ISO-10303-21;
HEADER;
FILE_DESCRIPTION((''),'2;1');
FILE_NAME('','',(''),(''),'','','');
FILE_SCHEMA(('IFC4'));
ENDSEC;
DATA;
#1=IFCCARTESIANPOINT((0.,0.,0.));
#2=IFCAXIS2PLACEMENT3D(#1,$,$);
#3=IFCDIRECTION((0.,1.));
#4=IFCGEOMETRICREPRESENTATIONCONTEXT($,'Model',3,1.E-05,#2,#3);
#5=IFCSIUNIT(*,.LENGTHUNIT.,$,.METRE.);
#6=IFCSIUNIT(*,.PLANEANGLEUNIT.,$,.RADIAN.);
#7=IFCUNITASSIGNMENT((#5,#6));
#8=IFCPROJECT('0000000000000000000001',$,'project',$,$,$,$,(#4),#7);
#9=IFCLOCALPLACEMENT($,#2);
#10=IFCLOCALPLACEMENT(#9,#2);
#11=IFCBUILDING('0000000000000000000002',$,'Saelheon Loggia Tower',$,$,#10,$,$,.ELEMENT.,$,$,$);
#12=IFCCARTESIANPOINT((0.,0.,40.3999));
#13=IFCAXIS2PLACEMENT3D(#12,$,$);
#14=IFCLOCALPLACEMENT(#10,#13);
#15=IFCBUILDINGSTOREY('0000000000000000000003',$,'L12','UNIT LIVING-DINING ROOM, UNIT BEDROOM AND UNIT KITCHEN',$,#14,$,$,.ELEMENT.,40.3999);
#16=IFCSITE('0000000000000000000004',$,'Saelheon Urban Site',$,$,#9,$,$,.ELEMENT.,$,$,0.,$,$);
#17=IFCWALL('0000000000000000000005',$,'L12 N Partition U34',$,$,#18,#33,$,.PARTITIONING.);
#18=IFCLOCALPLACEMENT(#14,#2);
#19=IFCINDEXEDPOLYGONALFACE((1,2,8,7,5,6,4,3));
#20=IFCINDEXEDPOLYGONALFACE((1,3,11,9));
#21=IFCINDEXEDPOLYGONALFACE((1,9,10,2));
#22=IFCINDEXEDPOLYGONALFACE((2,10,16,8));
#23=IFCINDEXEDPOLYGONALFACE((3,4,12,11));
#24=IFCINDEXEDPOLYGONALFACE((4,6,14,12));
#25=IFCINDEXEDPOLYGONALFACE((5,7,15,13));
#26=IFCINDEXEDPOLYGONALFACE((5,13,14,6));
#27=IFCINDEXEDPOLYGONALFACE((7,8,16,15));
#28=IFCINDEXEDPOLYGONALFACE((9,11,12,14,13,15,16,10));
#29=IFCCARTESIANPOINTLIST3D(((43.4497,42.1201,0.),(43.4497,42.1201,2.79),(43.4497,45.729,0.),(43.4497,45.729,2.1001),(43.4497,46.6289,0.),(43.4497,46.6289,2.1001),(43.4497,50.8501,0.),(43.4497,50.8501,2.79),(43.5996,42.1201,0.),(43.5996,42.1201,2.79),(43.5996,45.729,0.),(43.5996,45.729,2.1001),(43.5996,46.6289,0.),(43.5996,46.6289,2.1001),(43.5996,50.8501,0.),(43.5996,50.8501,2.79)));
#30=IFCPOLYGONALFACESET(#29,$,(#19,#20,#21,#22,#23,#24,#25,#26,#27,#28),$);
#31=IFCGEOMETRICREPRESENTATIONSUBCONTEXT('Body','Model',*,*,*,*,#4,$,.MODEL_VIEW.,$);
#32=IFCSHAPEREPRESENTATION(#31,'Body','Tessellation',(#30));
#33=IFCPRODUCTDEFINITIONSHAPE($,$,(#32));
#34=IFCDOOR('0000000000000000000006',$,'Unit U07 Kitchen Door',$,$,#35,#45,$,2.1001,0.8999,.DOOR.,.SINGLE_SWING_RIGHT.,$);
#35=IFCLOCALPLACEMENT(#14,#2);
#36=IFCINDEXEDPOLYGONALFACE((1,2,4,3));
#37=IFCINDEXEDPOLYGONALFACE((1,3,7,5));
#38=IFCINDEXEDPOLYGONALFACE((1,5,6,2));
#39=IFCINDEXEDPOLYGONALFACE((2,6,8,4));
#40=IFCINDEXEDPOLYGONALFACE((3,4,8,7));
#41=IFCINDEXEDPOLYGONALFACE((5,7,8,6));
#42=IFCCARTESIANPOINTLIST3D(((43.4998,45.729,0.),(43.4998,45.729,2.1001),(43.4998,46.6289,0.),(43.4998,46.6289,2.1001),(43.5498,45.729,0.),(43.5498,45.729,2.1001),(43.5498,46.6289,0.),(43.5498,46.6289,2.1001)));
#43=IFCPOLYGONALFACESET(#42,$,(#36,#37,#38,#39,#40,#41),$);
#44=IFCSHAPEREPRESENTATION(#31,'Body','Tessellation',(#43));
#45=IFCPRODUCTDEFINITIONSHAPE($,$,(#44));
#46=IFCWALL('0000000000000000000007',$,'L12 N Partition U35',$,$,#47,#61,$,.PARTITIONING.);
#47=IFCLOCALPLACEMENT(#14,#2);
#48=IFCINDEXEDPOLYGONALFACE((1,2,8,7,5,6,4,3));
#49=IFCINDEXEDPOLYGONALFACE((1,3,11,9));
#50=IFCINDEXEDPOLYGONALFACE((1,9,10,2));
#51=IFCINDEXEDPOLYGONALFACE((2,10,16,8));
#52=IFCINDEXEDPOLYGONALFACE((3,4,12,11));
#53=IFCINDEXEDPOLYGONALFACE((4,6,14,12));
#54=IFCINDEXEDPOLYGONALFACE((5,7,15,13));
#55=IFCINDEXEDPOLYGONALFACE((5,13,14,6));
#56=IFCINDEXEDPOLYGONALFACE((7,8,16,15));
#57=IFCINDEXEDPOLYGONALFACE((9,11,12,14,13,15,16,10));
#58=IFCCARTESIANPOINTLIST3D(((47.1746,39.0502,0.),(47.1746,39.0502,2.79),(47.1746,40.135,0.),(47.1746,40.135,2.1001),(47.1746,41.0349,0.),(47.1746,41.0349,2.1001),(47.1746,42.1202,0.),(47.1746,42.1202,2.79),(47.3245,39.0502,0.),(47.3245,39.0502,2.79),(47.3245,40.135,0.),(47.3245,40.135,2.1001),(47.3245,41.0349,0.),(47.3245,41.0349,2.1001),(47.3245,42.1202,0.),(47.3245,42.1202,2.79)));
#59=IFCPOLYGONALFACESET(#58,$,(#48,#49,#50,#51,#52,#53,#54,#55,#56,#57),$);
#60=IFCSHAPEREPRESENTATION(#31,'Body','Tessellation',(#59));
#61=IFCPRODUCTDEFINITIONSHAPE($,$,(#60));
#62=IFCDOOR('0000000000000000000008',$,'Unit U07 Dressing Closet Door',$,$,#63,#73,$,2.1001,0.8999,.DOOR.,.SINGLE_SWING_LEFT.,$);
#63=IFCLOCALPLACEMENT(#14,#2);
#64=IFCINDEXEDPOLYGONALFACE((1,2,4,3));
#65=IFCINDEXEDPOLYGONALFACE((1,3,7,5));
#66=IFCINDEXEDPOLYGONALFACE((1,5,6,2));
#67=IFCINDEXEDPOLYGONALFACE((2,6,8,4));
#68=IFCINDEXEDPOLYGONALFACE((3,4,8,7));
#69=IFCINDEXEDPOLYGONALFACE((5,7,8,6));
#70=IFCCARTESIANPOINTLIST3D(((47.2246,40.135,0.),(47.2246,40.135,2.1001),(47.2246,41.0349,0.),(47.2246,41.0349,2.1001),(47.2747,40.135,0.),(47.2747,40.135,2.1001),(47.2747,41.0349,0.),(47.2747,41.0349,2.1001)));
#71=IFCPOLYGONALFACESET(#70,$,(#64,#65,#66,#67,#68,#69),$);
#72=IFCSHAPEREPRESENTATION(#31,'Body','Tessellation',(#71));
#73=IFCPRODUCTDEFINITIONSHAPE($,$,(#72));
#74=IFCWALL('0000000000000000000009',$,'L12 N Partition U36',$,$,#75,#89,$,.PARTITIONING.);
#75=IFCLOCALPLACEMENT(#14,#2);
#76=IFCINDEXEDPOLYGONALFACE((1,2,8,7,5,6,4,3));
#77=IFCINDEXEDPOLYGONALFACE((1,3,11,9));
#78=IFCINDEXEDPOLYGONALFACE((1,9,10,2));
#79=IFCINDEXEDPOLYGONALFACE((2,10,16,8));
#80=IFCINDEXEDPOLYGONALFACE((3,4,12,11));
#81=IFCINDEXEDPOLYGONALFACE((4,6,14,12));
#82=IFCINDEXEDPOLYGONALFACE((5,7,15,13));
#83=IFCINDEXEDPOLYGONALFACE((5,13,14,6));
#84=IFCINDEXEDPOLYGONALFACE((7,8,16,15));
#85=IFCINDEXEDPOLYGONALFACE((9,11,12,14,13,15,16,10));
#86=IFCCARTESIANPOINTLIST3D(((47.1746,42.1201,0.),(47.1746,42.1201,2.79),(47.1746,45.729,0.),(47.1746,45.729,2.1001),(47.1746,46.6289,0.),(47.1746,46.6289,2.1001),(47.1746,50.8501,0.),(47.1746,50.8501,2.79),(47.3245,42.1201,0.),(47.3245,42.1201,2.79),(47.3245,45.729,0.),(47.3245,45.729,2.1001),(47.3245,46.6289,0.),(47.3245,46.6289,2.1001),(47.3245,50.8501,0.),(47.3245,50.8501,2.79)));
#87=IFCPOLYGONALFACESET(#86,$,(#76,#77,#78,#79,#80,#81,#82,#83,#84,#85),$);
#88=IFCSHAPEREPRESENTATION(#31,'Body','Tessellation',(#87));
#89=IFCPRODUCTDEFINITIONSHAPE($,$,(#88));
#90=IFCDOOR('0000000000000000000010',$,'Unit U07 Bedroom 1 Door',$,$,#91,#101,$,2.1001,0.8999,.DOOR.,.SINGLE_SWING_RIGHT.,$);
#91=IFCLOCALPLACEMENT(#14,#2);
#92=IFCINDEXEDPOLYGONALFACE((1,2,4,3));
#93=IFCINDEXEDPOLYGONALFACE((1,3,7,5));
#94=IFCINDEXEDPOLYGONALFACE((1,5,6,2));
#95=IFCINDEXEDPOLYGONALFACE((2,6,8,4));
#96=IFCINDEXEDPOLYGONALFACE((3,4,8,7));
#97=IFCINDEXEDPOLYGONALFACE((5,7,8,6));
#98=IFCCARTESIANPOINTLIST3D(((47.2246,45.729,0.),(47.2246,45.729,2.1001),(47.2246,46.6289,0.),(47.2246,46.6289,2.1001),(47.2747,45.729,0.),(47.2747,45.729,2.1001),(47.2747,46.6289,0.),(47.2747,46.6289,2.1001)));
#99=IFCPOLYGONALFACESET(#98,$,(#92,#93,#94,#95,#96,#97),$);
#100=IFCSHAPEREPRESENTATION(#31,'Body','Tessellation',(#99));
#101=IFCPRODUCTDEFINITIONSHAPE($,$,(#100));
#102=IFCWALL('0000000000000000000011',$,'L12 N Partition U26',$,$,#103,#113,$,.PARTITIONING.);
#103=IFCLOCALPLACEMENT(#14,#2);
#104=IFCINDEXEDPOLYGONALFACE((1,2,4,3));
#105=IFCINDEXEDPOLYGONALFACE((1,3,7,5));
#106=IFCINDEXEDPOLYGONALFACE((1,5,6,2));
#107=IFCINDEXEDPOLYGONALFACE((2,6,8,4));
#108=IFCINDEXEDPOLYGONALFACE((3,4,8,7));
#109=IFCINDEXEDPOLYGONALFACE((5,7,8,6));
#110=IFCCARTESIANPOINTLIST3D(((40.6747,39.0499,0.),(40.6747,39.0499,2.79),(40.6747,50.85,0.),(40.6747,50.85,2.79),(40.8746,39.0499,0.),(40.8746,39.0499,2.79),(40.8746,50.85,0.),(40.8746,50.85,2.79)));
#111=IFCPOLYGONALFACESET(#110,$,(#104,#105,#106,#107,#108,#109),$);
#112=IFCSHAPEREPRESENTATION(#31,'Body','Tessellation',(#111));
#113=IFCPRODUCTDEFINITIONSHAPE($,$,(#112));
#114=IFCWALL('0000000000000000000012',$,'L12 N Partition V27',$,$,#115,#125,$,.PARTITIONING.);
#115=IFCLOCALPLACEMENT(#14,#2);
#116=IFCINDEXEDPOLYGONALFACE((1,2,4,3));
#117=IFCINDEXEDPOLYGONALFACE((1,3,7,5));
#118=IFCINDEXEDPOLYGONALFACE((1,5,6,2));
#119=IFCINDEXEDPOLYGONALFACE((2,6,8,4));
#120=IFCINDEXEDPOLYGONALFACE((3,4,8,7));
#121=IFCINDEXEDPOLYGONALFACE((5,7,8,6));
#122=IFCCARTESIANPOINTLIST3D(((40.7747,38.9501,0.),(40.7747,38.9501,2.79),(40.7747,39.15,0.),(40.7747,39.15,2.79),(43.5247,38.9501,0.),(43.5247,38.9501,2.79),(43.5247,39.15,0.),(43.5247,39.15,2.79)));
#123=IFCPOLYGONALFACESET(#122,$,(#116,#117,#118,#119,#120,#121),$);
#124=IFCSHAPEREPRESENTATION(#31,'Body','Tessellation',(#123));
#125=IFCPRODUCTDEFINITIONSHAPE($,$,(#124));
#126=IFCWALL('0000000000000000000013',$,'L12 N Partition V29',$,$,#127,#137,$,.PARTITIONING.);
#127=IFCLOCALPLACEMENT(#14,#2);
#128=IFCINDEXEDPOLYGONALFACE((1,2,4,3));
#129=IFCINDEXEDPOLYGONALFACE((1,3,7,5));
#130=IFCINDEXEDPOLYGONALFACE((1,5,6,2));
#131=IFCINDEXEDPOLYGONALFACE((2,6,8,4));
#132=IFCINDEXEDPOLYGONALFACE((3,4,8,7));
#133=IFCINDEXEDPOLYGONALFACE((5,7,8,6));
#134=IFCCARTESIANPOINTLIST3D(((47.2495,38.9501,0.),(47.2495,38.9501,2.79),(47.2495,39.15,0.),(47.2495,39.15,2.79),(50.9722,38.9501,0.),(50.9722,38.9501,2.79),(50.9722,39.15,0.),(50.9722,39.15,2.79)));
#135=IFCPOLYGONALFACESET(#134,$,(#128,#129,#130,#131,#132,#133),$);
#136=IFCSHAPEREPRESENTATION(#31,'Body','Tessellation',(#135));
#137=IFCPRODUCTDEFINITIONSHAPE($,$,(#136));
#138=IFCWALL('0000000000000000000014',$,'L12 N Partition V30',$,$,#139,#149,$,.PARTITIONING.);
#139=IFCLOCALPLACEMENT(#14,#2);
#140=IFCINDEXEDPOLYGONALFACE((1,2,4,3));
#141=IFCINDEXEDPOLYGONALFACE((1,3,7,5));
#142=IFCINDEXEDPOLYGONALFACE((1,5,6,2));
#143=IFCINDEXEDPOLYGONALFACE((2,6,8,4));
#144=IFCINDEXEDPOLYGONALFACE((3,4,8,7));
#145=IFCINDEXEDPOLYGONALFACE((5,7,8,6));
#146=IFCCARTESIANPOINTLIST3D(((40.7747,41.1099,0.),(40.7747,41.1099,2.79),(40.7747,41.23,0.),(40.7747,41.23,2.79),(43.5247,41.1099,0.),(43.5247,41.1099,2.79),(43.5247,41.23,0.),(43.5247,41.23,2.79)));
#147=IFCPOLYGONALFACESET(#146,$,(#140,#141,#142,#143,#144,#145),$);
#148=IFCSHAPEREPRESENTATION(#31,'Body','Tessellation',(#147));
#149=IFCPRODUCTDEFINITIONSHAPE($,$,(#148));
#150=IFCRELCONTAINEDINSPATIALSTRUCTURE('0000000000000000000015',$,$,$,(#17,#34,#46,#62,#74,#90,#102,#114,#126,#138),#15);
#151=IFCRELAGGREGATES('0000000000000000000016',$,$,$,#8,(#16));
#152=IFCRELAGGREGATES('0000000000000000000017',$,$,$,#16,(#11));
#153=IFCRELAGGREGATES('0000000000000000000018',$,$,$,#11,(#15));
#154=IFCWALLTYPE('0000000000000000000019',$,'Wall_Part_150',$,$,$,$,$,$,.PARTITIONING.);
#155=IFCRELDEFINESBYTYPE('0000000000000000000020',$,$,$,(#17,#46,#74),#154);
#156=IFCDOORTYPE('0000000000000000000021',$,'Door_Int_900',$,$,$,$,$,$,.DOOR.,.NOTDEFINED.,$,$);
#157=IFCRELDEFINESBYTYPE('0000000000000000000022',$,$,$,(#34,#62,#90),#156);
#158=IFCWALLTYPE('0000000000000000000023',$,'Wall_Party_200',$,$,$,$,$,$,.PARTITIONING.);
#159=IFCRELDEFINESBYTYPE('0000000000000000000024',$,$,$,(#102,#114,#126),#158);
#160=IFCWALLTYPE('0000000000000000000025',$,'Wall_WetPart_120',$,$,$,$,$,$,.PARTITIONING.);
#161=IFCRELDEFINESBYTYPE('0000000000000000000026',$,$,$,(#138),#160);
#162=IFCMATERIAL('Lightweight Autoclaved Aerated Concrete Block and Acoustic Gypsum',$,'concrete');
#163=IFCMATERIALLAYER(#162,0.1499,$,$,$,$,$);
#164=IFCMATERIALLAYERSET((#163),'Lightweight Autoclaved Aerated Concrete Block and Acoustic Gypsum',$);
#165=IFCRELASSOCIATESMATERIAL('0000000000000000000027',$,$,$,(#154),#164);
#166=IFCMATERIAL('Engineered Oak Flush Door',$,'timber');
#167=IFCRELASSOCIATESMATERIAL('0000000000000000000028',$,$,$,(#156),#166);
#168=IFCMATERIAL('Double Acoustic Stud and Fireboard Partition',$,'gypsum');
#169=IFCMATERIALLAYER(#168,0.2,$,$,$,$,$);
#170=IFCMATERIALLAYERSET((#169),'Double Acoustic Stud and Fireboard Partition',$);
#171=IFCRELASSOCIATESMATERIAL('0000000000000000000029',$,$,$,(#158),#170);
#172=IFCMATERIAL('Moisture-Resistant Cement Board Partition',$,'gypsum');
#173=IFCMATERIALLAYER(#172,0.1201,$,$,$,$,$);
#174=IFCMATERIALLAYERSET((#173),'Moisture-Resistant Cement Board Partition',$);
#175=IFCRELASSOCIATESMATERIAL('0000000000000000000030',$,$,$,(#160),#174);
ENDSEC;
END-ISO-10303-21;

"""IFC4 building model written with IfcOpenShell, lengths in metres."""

from ifc_helpers import new_model, si_unit, direction, frame, frame_2d, origin, place, context, subcontext, project, spatial, rectangle, extrude, source, transform, mapped, material, layer, layer_set, type_object, element, fill, save


model = new_model("IFC4")

# Units and contexts
model_context = context("Model", 3, precision=1e-05, world=origin(), true_north=direction((0.0, 1.0)))
body_context = subcontext(model_context, "Body", "Model", "MODEL_VIEW")
ifc_project = project(units=[si_unit("LENGTHUNIT", "METRE"), si_unit("PLANEANGLEUNIT", "RADIAN")], contexts=[model_context])

# Site, building, storey
site_placement = place(None, origin())
site = spatial("IfcSite", under=ifc_project, at=site_placement, Name="Saelheon Urban Site", CompositionType="ELEMENT", RefElevation=0.0)
building_placement = place(site_placement, origin())
building = spatial("IfcBuilding", under=site, at=building_placement, Name="Saelheon Loggia Tower", CompositionType="ELEMENT")
storey_placement = place(building_placement, frame((0.0, 0.0, 40.3999)))
storey = spatial("IfcBuildingStorey", under=building, at=storey_placement, Name="L12", Description="UNIT LIVING-DINING ROOM, UNIT BEDROOM AND UNIT KITCHEN", CompositionType="ELEMENT", Elevation=40.3999)

# Shared definitions
ifc_material_1 = material(Name="Lightweight Autoclaved Aerated Concrete Block and Acoustic Gypsum", Category="concrete")
ifc_layer_1 = layer(ifc_material_1, 0.1499)
ifc_layer_set_1 = layer_set([ifc_layer_1], Name="Lightweight Autoclaved Aerated Concrete Block and Acoustic Gypsum")
wall_type_1 = type_object("IfcWallType", Name="Wall_Part_150", PredefinedType="PARTITIONING", material=ifc_layer_set_1)

# Shared definitions
ifc_material_2 = material(Name="Engineered Oak Flush Door", Category="timber")
door_type_1 = type_object("IfcDoorType", Name="Door_Int_900", OperationType="NOTDEFINED", PredefinedType="DOOR", material=ifc_material_2)
shared_shape_1 = source(origin(), body_context, "Body", "SweptSolid", [
    extrude(rectangle(XDim=0.8999, YDim=2.1001, at=frame_2d((0.45, 1.05))), frame((0.0, 0.0249, 0.0), z_axis=(0.0, -1.0, 0.0), x_axis=(1.0, 0.0, 0.0)), (0.0, 0.0, 1.0), 0.05),
])

# Walls, openings, doors
wall_1_placement = place(storey_placement, frame((43.5247, 42.1201, 0.0), z_axis=(0.0, 0.0, 1.0), x_axis=(0.0, 1.0, 0.0)))
wall_1 = element("IfcWall", 1, at=wall_1_placement, inside=storey, type_object=wall_type_1, Name="L12 N Partition U34", PredefinedType="PARTITIONING", context=body_context, shape_type="SweptSolid", body=[
    extrude(rectangle(XDim=8.73, YDim=0.1499, at=frame_2d((4.365, 0.0))), origin(), (0.0, 0.0, 1.0), 2.79),
])
opening_1_placement = place(wall_1_placement, frame((3.6089, 0.0, 0.0)))
opening_1 = element("IfcOpeningElement", 2, at=opening_1_placement, cuts=wall_1, PredefinedType="OPENING", context=body_context, shape_type="SweptSolid", body=[
    extrude(rectangle(XDim=0.8999, YDim=2.1001, at=frame_2d((0.45, 1.05))), frame((0.0, 0.0869, 0.0), z_axis=(0.0, -1.0, 0.0), x_axis=(1.0, 0.0, 0.0)), (0.0, 0.0, 1.0), 0.1738),
])
door_1_placement = place(opening_1_placement, origin())
door_1 = element("IfcDoor", 3, at=door_1_placement, inside=storey, type_object=door_type_1, Name="Unit U07 Kitchen Door", OperationType="SINGLE_SWING_RIGHT", OverallHeight=2.1001, OverallWidth=0.8999, PredefinedType="DOOR", context=body_context, shape_type="MappedRepresentation", body=[
    mapped(shared_shape_1, transform((0.0, 0.0, 0.0), scale=1.0)),
])
fill(opening_1, door_1)
wall_2_placement = place(storey_placement, frame((47.2495, 39.05, 0.0), z_axis=(0.0, 0.0, 1.0), x_axis=(0.0, 1.0, 0.0)))
wall_2 = element("IfcWall", 4, at=wall_2_placement, inside=storey, type_object=wall_type_1, Name="L12 N Partition U35", PredefinedType="PARTITIONING", context=body_context, shape_type="SweptSolid", body=[
    extrude(rectangle(XDim=3.0701, YDim=0.1499, at=frame_2d((1.5352, 0.0))), origin(), (0.0, 0.0, 1.0), 2.79),
])
opening_2_placement = place(wall_2_placement, frame((1.085, 0.0, 0.0)))
opening_2 = element("IfcOpeningElement", 5, at=opening_2_placement, cuts=wall_2, PredefinedType="OPENING", context=body_context, shape_type="SweptSolid", body=[
    extrude(rectangle(XDim=0.8999, YDim=2.1001, at=frame_2d((0.45, 1.05))), frame((0.0, 0.0869, 0.0), z_axis=(0.0, -1.0, 0.0), x_axis=(1.0, 0.0, 0.0)), (0.0, 0.0, 1.0), 0.1738),
])
door_2_placement = place(opening_2_placement, origin())
door_2 = element("IfcDoor", 6, at=door_2_placement, inside=storey, type_object=door_type_1, Name="Unit U07 Dressing Closet Door", OperationType="SINGLE_SWING_LEFT", OverallHeight=2.1001, OverallWidth=0.8999, PredefinedType="DOOR", context=body_context, shape_type="MappedRepresentation", body=[
    mapped(shared_shape_1, transform((0.0, 0.0, 0.0), scale=1.0)),
])
fill(opening_2, door_2)
wall_3_placement = place(storey_placement, frame((47.2495, 42.1201, 0.0), z_axis=(0.0, 0.0, 1.0), x_axis=(0.0, 1.0, 0.0)))
wall_3 = element("IfcWall", 7, at=wall_3_placement, inside=storey, type_object=wall_type_1, Name="L12 N Partition U36", PredefinedType="PARTITIONING", context=body_context, shape_type="SweptSolid", body=[
    extrude(rectangle(XDim=8.73, YDim=0.1499, at=frame_2d((4.365, 0.0))), origin(), (0.0, 0.0, 1.0), 2.79),
])
opening_3_placement = place(wall_3_placement, frame((3.6089, 0.0, 0.0)))
opening_3 = element("IfcOpeningElement", 8, at=opening_3_placement, cuts=wall_3, PredefinedType="OPENING", context=body_context, shape_type="SweptSolid", body=[
    extrude(rectangle(XDim=0.8999, YDim=2.1001, at=frame_2d((0.45, 1.05))), frame((0.0, 0.0869, 0.0), z_axis=(0.0, -1.0, 0.0), x_axis=(1.0, 0.0, 0.0)), (0.0, 0.0, 1.0), 0.1738),
])
door_3_placement = place(opening_3_placement, origin())
door_3 = element("IfcDoor", 9, at=door_3_placement, inside=storey, type_object=door_type_1, Name="Unit U07 Bedroom 1 Door", OperationType="SINGLE_SWING_RIGHT", OverallHeight=2.1001, OverallWidth=0.8999, PredefinedType="DOOR", context=body_context, shape_type="MappedRepresentation", body=[
    mapped(shared_shape_1, transform((0.0, 0.0, 0.0), scale=1.0)),
])
fill(opening_3, door_3)

# Walls
ifc_material_3 = material(Name="Double Acoustic Stud and Fireboard Partition", Category="gypsum")
ifc_layer_2 = layer(ifc_material_3, 0.2)
ifc_layer_set_2 = layer_set([ifc_layer_2], Name="Double Acoustic Stud and Fireboard Partition")
wall_type_2 = type_object("IfcWallType", Name="Wall_Party_200", PredefinedType="PARTITIONING", material=ifc_layer_set_2)
wall_4_placement = place(storey_placement, frame((40.7747, 39.05, 0.0), z_axis=(0.0, 0.0, 1.0), x_axis=(0.0, 1.0, 0.0)))
element("IfcWall", 10, at=wall_4_placement, inside=storey, type_object=wall_type_2, Name="L12 N Partition U26", PredefinedType="PARTITIONING", context=body_context, shape_type="SweptSolid", body=[
    extrude(rectangle(XDim=11.8, YDim=0.2, at=frame_2d((5.8999, 0.0))), origin(), (0.0, 0.0, 1.0), 2.79),
])
wall_5_placement = place(storey_placement, frame((40.7747, 39.05, 0.0), z_axis=(0.0, 0.0, 1.0), x_axis=(1.0, 0.0, 0.0)))
element("IfcWall", 11, at=wall_5_placement, inside=storey, type_object=wall_type_2, Name="L12 N Partition V27", PredefinedType="PARTITIONING", context=body_context, shape_type="SweptSolid", body=[
    extrude(rectangle(XDim=2.75, YDim=0.2, at=frame_2d((1.375, 0.0))), origin(), (0.0, 0.0, 1.0), 2.79),
])

# Walls
wall_6_placement = place(storey_placement, frame((47.2495, 39.05, 0.0), z_axis=(0.0, 0.0, 1.0), x_axis=(1.0, 0.0, 0.0)))
element("IfcWall", 12, at=wall_6_placement, inside=storey, type_object=wall_type_2, Name="L12 N Partition V29", PredefinedType="PARTITIONING", context=body_context, shape_type="SweptSolid", body=[
    extrude(rectangle(XDim=3.7227, YDim=0.2, at=frame_2d((1.8613, 0.0))), origin(), (0.0, 0.0, 1.0), 2.79),
])
ifc_material_4 = material(Name="Moisture-Resistant Cement Board Partition", Category="gypsum")
ifc_layer_3 = layer(ifc_material_4, 0.1201)
ifc_layer_set_3 = layer_set([ifc_layer_3], Name="Moisture-Resistant Cement Board Partition")
wall_type_3 = type_object("IfcWallType", Name="Wall_WetPart_120", PredefinedType="PARTITIONING", material=ifc_layer_set_3)
wall_7_placement = place(storey_placement, frame((40.7747, 41.1699, 0.0), z_axis=(0.0, 0.0, 1.0), x_axis=(1.0, 0.0, 0.0)))
element("IfcWall", 13, at=wall_7_placement, inside=storey, type_object=wall_type_3, Name="L12 N Partition V30", PredefinedType="PARTITIONING", context=body_context, shape_type="SweptSolid", body=[
    extrude(rectangle(XDim=2.75, YDim=0.1201, at=frame_2d((1.375, 0.0))), origin(), (0.0, 0.0, 1.0), 2.79),
])

save(model, "model.ifc")
